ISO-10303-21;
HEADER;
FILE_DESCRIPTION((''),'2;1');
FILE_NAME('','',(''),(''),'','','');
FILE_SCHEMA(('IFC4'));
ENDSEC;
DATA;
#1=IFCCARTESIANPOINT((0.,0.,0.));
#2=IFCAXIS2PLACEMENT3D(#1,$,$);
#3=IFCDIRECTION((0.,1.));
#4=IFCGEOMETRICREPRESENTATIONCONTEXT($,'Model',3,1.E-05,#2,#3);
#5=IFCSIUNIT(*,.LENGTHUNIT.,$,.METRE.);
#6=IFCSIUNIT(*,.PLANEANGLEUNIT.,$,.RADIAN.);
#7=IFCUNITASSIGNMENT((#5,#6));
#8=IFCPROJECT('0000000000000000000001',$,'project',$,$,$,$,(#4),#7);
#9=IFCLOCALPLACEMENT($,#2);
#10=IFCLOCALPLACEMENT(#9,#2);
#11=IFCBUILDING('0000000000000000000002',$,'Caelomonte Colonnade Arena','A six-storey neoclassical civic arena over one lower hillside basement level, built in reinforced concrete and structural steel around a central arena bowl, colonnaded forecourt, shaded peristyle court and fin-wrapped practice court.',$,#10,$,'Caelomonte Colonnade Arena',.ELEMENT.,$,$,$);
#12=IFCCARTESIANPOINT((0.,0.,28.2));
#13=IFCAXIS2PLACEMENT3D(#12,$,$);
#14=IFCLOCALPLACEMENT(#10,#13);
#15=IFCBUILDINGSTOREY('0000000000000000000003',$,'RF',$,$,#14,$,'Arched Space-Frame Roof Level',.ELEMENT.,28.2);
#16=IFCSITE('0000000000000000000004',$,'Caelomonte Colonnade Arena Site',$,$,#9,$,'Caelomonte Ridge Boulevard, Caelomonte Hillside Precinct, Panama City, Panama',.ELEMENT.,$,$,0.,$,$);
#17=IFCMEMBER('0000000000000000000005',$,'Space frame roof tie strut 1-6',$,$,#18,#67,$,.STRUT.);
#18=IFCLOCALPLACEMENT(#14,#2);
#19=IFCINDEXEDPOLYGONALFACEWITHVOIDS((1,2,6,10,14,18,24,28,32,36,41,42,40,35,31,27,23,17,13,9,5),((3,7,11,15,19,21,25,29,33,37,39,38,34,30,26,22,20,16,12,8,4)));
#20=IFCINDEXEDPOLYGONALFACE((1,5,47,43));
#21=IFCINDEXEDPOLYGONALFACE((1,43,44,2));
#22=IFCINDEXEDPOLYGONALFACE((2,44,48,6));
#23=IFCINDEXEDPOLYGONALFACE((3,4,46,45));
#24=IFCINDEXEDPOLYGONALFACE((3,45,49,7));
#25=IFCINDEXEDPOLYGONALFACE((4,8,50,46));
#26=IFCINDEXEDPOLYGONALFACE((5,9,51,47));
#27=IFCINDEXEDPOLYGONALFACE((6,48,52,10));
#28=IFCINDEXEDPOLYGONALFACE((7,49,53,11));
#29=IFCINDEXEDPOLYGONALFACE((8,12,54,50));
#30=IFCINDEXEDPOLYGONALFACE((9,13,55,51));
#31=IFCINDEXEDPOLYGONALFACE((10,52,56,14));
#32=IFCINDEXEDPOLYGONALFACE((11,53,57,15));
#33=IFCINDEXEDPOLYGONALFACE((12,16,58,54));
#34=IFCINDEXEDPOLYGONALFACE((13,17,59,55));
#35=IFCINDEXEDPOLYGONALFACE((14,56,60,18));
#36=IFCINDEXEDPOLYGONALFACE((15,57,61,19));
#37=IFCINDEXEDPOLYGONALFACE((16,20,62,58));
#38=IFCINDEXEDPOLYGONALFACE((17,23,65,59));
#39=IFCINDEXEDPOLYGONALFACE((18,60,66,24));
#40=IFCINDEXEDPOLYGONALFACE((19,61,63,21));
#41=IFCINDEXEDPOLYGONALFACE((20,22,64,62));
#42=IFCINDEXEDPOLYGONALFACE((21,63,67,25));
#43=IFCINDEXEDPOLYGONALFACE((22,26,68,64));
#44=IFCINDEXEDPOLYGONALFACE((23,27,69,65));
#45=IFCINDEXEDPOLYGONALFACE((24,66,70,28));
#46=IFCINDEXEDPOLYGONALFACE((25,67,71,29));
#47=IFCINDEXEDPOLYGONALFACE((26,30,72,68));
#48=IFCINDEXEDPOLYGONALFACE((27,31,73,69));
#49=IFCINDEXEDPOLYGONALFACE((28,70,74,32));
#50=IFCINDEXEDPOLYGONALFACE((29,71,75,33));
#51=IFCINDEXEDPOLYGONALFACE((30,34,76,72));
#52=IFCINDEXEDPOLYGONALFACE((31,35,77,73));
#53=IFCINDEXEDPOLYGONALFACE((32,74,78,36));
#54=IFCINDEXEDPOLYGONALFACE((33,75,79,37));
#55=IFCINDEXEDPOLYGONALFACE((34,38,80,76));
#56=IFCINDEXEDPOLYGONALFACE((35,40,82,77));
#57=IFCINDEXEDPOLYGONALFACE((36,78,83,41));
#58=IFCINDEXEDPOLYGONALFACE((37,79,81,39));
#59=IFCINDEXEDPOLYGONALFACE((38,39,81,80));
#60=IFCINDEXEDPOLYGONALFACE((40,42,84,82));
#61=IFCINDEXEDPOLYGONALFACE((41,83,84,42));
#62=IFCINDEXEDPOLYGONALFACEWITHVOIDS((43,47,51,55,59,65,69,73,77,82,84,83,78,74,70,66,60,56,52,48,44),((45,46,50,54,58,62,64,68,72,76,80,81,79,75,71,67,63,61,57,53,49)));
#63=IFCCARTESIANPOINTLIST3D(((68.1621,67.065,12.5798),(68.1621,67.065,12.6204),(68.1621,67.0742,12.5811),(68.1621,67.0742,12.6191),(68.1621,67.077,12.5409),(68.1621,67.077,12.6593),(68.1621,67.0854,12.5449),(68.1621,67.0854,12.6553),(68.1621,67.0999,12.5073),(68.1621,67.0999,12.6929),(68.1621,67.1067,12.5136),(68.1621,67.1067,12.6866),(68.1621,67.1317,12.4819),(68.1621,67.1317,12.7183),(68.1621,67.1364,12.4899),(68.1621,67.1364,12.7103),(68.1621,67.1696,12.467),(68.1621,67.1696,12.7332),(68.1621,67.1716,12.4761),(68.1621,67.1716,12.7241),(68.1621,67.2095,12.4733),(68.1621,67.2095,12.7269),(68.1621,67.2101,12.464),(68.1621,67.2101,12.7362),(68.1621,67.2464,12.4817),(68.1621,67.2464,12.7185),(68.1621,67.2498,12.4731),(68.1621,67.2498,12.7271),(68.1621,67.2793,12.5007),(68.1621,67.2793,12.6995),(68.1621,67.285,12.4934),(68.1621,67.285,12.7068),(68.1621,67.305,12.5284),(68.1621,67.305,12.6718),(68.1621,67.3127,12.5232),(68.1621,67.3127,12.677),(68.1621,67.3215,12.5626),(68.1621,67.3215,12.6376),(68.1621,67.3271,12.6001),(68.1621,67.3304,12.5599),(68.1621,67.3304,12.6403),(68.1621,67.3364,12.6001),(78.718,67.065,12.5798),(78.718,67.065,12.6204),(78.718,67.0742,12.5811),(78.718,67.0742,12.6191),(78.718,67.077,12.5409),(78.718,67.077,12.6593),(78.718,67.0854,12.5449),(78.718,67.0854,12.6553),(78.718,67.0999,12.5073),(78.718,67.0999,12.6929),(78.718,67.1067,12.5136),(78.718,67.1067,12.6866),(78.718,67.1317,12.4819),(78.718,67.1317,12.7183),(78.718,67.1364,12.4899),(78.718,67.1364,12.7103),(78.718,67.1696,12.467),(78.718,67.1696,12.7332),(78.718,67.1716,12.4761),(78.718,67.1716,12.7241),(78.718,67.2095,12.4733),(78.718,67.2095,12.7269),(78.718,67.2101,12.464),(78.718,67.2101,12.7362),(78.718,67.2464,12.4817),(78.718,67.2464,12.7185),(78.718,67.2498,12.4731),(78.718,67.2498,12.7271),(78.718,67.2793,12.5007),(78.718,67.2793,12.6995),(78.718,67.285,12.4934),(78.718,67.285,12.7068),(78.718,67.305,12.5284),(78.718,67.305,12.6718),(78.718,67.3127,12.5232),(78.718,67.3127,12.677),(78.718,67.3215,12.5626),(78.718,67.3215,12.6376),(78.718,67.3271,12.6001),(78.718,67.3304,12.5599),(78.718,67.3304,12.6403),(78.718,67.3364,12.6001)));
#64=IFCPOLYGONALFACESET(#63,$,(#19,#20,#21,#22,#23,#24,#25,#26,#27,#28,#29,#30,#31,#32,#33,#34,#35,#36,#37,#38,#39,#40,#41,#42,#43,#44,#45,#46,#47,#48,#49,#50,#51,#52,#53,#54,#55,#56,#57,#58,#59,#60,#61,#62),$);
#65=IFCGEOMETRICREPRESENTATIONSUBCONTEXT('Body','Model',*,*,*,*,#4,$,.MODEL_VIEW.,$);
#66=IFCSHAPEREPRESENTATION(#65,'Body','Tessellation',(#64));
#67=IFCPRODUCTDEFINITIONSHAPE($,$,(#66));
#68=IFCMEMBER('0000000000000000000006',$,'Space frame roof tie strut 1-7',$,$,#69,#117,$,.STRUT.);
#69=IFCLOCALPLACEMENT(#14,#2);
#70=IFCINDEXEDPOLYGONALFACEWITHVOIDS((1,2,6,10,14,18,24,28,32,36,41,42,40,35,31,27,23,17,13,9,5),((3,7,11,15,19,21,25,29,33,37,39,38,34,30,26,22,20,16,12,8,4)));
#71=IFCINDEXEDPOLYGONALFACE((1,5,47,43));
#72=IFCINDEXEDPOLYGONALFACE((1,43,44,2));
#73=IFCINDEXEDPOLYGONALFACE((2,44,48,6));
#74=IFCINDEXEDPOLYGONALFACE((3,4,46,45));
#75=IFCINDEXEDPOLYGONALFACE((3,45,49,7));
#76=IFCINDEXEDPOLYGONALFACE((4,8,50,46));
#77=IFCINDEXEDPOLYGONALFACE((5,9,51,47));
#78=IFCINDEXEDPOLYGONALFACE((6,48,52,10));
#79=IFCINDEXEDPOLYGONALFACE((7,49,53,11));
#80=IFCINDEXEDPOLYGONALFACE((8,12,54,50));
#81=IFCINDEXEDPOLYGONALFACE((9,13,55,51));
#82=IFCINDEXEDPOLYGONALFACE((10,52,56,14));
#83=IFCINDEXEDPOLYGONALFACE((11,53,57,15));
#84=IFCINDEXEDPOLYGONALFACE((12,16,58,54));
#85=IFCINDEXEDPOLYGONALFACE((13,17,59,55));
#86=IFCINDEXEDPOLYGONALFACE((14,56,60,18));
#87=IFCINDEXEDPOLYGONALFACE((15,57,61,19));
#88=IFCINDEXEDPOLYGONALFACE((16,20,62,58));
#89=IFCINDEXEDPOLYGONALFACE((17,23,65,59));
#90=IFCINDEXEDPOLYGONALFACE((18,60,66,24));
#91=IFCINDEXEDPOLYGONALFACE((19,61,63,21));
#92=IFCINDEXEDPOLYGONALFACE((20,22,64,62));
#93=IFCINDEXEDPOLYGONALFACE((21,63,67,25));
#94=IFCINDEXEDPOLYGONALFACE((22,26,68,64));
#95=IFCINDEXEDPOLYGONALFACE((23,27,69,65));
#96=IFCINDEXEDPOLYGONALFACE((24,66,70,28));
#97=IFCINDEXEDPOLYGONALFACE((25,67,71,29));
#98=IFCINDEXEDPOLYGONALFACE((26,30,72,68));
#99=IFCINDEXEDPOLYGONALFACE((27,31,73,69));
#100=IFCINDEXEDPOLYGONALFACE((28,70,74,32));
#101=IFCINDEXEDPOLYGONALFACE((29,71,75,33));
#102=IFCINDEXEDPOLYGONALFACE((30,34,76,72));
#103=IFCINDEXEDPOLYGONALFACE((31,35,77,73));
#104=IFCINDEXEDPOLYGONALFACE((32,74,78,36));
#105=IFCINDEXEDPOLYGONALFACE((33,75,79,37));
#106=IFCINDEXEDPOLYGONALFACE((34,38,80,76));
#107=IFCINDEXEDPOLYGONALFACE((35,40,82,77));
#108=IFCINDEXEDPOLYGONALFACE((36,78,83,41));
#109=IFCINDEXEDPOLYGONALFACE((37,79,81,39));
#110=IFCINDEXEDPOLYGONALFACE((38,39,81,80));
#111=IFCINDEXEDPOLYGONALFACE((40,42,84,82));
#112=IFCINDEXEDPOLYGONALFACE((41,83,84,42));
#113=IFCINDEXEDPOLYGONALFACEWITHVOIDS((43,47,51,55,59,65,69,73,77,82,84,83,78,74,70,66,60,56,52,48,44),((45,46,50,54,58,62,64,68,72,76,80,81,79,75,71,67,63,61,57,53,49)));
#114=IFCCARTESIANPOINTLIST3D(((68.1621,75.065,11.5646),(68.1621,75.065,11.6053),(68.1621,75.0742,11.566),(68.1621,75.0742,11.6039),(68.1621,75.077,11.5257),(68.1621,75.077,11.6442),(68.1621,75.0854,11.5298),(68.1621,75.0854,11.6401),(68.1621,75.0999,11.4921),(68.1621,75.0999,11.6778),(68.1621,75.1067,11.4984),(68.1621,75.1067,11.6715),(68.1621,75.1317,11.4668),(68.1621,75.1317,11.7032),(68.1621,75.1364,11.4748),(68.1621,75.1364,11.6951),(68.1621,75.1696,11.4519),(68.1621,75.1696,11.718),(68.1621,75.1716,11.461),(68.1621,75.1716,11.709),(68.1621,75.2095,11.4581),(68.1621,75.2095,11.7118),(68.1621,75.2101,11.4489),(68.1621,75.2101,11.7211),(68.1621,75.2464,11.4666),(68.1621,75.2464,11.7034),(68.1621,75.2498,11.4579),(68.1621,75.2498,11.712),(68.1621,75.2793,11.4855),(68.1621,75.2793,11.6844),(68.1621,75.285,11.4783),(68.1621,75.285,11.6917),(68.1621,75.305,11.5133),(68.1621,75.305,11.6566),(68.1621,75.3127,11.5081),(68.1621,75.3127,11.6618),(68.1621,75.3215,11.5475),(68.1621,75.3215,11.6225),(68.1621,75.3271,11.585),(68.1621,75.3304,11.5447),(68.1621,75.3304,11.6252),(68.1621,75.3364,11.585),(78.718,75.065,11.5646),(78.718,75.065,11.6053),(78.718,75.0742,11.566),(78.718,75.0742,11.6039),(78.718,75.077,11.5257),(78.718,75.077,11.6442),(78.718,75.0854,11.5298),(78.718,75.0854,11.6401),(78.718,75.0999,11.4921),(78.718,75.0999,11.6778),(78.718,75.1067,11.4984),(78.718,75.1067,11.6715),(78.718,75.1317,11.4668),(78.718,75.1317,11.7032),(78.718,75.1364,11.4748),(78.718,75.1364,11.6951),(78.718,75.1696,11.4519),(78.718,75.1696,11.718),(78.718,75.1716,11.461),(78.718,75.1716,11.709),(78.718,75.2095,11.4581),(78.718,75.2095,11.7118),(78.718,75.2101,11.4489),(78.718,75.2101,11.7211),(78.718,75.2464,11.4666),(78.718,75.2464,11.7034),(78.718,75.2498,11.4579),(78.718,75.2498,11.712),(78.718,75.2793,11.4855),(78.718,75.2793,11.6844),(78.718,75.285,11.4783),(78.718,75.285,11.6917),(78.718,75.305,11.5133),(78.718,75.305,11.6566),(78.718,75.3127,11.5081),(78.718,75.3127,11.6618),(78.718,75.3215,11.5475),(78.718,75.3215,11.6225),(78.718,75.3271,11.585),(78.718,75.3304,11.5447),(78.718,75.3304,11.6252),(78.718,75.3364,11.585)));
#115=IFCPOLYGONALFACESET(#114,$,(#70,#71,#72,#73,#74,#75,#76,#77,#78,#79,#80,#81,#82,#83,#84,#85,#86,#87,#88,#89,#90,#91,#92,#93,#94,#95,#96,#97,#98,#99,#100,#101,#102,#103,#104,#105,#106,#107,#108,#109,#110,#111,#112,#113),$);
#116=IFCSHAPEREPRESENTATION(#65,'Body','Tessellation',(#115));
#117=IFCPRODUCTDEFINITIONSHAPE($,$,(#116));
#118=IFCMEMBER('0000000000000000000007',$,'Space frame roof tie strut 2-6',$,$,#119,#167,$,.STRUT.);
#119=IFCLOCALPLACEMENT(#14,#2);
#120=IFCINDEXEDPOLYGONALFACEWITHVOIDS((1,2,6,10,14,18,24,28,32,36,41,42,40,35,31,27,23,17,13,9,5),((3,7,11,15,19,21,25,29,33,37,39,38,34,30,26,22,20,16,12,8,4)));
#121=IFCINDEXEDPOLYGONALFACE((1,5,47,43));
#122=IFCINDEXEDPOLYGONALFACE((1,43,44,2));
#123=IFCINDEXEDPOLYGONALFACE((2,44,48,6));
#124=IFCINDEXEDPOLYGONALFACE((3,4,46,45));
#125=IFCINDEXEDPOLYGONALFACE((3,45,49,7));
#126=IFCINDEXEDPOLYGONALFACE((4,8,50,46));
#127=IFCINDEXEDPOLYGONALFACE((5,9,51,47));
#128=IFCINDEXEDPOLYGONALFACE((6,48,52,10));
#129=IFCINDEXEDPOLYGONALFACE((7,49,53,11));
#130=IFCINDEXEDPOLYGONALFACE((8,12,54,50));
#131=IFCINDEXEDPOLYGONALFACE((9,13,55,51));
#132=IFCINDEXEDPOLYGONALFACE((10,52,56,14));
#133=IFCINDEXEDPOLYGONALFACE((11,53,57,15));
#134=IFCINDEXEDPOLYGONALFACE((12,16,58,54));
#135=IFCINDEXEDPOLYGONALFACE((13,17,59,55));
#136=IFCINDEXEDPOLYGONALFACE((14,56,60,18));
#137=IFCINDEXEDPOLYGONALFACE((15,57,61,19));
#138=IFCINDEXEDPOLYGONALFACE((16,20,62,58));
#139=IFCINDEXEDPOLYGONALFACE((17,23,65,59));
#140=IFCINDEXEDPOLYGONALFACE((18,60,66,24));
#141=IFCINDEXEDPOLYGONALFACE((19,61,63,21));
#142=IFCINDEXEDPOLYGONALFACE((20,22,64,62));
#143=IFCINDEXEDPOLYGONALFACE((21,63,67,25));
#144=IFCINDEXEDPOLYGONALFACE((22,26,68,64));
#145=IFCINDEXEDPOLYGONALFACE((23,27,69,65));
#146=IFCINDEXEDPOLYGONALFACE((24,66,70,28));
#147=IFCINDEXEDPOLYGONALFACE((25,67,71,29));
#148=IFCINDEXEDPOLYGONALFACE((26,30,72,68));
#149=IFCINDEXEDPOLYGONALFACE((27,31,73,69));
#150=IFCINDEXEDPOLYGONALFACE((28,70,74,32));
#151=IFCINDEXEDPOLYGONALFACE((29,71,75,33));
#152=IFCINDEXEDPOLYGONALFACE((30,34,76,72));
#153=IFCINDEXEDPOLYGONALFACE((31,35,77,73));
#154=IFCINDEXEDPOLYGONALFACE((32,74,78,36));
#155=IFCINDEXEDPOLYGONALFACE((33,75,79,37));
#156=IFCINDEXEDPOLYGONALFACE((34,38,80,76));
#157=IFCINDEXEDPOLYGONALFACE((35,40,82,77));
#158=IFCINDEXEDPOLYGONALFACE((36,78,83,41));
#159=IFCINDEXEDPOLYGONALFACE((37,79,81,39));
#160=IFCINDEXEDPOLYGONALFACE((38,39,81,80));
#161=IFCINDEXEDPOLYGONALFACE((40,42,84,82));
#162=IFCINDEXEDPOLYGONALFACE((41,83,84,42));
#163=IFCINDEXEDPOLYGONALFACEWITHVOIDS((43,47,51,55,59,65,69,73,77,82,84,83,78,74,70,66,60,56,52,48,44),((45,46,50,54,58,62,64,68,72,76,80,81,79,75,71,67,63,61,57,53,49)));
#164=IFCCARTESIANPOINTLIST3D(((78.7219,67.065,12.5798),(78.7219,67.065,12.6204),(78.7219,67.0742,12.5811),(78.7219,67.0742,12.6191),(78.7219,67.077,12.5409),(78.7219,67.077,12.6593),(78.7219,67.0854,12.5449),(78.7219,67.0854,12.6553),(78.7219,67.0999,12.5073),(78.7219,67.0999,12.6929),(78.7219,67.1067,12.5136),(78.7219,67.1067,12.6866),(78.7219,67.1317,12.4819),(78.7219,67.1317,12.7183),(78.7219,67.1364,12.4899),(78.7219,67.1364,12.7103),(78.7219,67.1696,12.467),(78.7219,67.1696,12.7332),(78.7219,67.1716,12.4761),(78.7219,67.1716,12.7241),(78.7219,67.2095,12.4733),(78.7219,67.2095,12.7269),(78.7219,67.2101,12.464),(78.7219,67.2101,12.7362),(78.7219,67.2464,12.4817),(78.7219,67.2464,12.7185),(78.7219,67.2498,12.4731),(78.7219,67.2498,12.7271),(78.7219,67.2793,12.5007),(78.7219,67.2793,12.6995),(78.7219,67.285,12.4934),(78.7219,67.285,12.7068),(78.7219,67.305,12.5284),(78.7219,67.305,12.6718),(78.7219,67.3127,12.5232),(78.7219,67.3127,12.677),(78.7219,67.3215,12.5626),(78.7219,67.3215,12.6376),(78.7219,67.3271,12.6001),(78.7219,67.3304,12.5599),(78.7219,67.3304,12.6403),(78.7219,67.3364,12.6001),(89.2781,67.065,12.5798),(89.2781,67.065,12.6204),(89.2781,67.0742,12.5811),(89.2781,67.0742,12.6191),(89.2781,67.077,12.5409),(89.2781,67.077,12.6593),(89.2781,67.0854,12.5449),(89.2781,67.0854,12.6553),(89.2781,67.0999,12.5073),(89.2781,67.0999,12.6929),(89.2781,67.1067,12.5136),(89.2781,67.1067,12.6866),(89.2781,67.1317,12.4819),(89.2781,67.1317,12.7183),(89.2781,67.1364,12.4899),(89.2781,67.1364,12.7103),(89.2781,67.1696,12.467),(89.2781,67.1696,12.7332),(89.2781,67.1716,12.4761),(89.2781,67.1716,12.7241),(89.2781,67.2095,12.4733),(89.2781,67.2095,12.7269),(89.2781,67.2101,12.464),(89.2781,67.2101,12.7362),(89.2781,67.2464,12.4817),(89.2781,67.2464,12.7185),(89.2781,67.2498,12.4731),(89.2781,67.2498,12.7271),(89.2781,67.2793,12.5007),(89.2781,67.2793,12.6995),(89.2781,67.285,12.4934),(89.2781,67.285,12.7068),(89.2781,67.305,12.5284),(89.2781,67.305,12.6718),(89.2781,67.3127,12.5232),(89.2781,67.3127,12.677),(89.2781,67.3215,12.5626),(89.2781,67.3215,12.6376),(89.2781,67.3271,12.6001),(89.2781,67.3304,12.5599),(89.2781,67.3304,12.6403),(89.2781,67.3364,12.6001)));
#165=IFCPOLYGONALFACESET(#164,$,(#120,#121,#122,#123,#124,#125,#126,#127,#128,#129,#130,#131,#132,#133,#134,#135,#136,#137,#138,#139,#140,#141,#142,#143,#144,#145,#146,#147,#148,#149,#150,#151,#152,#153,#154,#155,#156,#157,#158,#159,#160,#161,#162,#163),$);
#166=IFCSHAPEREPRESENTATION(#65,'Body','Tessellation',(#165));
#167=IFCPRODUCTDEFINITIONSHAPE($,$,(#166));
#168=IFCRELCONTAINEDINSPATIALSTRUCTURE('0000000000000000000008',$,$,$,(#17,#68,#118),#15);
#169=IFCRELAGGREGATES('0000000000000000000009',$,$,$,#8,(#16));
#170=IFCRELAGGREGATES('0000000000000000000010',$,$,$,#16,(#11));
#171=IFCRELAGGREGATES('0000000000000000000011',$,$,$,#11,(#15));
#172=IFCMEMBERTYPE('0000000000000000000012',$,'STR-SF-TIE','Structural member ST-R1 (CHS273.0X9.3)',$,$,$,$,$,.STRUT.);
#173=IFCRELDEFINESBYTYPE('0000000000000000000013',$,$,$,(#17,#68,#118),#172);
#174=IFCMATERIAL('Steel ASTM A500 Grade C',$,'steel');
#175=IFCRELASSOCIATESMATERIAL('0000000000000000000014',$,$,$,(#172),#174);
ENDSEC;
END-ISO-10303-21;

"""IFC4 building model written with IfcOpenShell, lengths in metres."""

from ifc_helpers import new_model, si_unit, direction, frame, origin, origin_2d, place, context, subcontext, project, spatial, hollow_circle, extrude, material, material_profile, profile_set, type_object, element, save


model = new_model("IFC4")

# Units and contexts
model_context = context("Model", 3, precision=1e-05, world=origin(), true_north=direction((0.0, 1.0)))
body_context = subcontext(model_context, "Body", "Model", "MODEL_VIEW")
ifc_project = project(units=[si_unit("LENGTHUNIT", "METRE"), si_unit("PLANEANGLEUNIT", "RADIAN")], contexts=[model_context])

# Site, building, storey
site_placement = place(None, origin())
site = spatial("IfcSite", under=ifc_project, at=site_placement, Name="Caelomonte Colonnade Arena Site", LongName="Caelomonte Ridge Boulevard, Caelomonte Hillside Precinct, Panama City, Panama", CompositionType="ELEMENT", RefElevation=0.0)
building_placement = place(site_placement, origin())
building = spatial("IfcBuilding", under=site, at=building_placement, Name="Caelomonte Colonnade Arena", Description="A six-storey neoclassical civic arena over one lower hillside basement level, built in reinforced concrete and structural steel around a central arena bowl, colonnaded forecourt, shaded peristyle court and fin-wrapped practice court.", LongName="Caelomonte Colonnade Arena", CompositionType="ELEMENT")
storey_placement = place(building_placement, frame((0.0, 0.0, 28.2)))
storey = spatial("IfcBuildingStorey", under=building, at=storey_placement, Name="RF", LongName="Arched Space-Frame Roof Level", CompositionType="ELEMENT", Elevation=28.2)

# Members
ifc_material_1 = material(Name="Steel ASTM A500 Grade C", Category="steel")
ifc_material_profile_1 = material_profile(ifc_material_1, hollow_circle(Radius=0.1365, WallThickness=0.0093, at=origin_2d()), Name="CHS273.0X9.3")
ifc_profile_set_1 = profile_set([ifc_material_profile_1], Name="Steel ASTM A500 Grade C")
member_type_1 = type_object("IfcMemberType", Name="STR-SF-TIE", Description="Structural member ST-R1 (CHS273.0X9.3)", PredefinedType="STRUT", material=ifc_profile_set_1)
for number, where, z_axis, x_axis, name in (
    (1, (68.1621, 67.2, 12.6001), (1.0, 0.0, 0.0), (0.0, 1.0, 0.0), "Space frame roof tie strut 1-6"),
    (2, (68.1621, 75.2, 11.585), (1.0, 0.0, 0.0), (0.0, 1.0, 0.0), "Space frame roof tie strut 1-7"),
):
    element("IfcMember", number, at=place(storey_placement, frame(where, z_axis=z_axis, x_axis=x_axis)), inside=storey, type_object=member_type_1, Name=name, PredefinedType="STRUT", context=body_context, shape_type="SweptSolid", body=[
        extrude(hollow_circle(Radius=0.1365, WallThickness=0.0093, at=origin_2d()), origin(), (0.0, 0.0, 1.0), 10.5559),
    ])
for number, where, z_axis, x_axis, name in (
    (3, (78.7219, 67.2, 12.6001), (1.0, 0.0, 0.0), (0.0, 1.0, 0.0), "Space frame roof tie strut 2-6"),
):
    element("IfcMember", number, at=place(storey_placement, frame(where, z_axis=z_axis, x_axis=x_axis)), inside=storey, type_object=member_type_1, Name=name, PredefinedType="STRUT", context=body_context, shape_type="SweptSolid", body=[
        extrude(hollow_circle(Radius=0.1365, WallThickness=0.0093, at=origin_2d()), origin(), (0.0, 0.0, 1.0), 10.5562),
    ])

save(model, "model.ifc")
